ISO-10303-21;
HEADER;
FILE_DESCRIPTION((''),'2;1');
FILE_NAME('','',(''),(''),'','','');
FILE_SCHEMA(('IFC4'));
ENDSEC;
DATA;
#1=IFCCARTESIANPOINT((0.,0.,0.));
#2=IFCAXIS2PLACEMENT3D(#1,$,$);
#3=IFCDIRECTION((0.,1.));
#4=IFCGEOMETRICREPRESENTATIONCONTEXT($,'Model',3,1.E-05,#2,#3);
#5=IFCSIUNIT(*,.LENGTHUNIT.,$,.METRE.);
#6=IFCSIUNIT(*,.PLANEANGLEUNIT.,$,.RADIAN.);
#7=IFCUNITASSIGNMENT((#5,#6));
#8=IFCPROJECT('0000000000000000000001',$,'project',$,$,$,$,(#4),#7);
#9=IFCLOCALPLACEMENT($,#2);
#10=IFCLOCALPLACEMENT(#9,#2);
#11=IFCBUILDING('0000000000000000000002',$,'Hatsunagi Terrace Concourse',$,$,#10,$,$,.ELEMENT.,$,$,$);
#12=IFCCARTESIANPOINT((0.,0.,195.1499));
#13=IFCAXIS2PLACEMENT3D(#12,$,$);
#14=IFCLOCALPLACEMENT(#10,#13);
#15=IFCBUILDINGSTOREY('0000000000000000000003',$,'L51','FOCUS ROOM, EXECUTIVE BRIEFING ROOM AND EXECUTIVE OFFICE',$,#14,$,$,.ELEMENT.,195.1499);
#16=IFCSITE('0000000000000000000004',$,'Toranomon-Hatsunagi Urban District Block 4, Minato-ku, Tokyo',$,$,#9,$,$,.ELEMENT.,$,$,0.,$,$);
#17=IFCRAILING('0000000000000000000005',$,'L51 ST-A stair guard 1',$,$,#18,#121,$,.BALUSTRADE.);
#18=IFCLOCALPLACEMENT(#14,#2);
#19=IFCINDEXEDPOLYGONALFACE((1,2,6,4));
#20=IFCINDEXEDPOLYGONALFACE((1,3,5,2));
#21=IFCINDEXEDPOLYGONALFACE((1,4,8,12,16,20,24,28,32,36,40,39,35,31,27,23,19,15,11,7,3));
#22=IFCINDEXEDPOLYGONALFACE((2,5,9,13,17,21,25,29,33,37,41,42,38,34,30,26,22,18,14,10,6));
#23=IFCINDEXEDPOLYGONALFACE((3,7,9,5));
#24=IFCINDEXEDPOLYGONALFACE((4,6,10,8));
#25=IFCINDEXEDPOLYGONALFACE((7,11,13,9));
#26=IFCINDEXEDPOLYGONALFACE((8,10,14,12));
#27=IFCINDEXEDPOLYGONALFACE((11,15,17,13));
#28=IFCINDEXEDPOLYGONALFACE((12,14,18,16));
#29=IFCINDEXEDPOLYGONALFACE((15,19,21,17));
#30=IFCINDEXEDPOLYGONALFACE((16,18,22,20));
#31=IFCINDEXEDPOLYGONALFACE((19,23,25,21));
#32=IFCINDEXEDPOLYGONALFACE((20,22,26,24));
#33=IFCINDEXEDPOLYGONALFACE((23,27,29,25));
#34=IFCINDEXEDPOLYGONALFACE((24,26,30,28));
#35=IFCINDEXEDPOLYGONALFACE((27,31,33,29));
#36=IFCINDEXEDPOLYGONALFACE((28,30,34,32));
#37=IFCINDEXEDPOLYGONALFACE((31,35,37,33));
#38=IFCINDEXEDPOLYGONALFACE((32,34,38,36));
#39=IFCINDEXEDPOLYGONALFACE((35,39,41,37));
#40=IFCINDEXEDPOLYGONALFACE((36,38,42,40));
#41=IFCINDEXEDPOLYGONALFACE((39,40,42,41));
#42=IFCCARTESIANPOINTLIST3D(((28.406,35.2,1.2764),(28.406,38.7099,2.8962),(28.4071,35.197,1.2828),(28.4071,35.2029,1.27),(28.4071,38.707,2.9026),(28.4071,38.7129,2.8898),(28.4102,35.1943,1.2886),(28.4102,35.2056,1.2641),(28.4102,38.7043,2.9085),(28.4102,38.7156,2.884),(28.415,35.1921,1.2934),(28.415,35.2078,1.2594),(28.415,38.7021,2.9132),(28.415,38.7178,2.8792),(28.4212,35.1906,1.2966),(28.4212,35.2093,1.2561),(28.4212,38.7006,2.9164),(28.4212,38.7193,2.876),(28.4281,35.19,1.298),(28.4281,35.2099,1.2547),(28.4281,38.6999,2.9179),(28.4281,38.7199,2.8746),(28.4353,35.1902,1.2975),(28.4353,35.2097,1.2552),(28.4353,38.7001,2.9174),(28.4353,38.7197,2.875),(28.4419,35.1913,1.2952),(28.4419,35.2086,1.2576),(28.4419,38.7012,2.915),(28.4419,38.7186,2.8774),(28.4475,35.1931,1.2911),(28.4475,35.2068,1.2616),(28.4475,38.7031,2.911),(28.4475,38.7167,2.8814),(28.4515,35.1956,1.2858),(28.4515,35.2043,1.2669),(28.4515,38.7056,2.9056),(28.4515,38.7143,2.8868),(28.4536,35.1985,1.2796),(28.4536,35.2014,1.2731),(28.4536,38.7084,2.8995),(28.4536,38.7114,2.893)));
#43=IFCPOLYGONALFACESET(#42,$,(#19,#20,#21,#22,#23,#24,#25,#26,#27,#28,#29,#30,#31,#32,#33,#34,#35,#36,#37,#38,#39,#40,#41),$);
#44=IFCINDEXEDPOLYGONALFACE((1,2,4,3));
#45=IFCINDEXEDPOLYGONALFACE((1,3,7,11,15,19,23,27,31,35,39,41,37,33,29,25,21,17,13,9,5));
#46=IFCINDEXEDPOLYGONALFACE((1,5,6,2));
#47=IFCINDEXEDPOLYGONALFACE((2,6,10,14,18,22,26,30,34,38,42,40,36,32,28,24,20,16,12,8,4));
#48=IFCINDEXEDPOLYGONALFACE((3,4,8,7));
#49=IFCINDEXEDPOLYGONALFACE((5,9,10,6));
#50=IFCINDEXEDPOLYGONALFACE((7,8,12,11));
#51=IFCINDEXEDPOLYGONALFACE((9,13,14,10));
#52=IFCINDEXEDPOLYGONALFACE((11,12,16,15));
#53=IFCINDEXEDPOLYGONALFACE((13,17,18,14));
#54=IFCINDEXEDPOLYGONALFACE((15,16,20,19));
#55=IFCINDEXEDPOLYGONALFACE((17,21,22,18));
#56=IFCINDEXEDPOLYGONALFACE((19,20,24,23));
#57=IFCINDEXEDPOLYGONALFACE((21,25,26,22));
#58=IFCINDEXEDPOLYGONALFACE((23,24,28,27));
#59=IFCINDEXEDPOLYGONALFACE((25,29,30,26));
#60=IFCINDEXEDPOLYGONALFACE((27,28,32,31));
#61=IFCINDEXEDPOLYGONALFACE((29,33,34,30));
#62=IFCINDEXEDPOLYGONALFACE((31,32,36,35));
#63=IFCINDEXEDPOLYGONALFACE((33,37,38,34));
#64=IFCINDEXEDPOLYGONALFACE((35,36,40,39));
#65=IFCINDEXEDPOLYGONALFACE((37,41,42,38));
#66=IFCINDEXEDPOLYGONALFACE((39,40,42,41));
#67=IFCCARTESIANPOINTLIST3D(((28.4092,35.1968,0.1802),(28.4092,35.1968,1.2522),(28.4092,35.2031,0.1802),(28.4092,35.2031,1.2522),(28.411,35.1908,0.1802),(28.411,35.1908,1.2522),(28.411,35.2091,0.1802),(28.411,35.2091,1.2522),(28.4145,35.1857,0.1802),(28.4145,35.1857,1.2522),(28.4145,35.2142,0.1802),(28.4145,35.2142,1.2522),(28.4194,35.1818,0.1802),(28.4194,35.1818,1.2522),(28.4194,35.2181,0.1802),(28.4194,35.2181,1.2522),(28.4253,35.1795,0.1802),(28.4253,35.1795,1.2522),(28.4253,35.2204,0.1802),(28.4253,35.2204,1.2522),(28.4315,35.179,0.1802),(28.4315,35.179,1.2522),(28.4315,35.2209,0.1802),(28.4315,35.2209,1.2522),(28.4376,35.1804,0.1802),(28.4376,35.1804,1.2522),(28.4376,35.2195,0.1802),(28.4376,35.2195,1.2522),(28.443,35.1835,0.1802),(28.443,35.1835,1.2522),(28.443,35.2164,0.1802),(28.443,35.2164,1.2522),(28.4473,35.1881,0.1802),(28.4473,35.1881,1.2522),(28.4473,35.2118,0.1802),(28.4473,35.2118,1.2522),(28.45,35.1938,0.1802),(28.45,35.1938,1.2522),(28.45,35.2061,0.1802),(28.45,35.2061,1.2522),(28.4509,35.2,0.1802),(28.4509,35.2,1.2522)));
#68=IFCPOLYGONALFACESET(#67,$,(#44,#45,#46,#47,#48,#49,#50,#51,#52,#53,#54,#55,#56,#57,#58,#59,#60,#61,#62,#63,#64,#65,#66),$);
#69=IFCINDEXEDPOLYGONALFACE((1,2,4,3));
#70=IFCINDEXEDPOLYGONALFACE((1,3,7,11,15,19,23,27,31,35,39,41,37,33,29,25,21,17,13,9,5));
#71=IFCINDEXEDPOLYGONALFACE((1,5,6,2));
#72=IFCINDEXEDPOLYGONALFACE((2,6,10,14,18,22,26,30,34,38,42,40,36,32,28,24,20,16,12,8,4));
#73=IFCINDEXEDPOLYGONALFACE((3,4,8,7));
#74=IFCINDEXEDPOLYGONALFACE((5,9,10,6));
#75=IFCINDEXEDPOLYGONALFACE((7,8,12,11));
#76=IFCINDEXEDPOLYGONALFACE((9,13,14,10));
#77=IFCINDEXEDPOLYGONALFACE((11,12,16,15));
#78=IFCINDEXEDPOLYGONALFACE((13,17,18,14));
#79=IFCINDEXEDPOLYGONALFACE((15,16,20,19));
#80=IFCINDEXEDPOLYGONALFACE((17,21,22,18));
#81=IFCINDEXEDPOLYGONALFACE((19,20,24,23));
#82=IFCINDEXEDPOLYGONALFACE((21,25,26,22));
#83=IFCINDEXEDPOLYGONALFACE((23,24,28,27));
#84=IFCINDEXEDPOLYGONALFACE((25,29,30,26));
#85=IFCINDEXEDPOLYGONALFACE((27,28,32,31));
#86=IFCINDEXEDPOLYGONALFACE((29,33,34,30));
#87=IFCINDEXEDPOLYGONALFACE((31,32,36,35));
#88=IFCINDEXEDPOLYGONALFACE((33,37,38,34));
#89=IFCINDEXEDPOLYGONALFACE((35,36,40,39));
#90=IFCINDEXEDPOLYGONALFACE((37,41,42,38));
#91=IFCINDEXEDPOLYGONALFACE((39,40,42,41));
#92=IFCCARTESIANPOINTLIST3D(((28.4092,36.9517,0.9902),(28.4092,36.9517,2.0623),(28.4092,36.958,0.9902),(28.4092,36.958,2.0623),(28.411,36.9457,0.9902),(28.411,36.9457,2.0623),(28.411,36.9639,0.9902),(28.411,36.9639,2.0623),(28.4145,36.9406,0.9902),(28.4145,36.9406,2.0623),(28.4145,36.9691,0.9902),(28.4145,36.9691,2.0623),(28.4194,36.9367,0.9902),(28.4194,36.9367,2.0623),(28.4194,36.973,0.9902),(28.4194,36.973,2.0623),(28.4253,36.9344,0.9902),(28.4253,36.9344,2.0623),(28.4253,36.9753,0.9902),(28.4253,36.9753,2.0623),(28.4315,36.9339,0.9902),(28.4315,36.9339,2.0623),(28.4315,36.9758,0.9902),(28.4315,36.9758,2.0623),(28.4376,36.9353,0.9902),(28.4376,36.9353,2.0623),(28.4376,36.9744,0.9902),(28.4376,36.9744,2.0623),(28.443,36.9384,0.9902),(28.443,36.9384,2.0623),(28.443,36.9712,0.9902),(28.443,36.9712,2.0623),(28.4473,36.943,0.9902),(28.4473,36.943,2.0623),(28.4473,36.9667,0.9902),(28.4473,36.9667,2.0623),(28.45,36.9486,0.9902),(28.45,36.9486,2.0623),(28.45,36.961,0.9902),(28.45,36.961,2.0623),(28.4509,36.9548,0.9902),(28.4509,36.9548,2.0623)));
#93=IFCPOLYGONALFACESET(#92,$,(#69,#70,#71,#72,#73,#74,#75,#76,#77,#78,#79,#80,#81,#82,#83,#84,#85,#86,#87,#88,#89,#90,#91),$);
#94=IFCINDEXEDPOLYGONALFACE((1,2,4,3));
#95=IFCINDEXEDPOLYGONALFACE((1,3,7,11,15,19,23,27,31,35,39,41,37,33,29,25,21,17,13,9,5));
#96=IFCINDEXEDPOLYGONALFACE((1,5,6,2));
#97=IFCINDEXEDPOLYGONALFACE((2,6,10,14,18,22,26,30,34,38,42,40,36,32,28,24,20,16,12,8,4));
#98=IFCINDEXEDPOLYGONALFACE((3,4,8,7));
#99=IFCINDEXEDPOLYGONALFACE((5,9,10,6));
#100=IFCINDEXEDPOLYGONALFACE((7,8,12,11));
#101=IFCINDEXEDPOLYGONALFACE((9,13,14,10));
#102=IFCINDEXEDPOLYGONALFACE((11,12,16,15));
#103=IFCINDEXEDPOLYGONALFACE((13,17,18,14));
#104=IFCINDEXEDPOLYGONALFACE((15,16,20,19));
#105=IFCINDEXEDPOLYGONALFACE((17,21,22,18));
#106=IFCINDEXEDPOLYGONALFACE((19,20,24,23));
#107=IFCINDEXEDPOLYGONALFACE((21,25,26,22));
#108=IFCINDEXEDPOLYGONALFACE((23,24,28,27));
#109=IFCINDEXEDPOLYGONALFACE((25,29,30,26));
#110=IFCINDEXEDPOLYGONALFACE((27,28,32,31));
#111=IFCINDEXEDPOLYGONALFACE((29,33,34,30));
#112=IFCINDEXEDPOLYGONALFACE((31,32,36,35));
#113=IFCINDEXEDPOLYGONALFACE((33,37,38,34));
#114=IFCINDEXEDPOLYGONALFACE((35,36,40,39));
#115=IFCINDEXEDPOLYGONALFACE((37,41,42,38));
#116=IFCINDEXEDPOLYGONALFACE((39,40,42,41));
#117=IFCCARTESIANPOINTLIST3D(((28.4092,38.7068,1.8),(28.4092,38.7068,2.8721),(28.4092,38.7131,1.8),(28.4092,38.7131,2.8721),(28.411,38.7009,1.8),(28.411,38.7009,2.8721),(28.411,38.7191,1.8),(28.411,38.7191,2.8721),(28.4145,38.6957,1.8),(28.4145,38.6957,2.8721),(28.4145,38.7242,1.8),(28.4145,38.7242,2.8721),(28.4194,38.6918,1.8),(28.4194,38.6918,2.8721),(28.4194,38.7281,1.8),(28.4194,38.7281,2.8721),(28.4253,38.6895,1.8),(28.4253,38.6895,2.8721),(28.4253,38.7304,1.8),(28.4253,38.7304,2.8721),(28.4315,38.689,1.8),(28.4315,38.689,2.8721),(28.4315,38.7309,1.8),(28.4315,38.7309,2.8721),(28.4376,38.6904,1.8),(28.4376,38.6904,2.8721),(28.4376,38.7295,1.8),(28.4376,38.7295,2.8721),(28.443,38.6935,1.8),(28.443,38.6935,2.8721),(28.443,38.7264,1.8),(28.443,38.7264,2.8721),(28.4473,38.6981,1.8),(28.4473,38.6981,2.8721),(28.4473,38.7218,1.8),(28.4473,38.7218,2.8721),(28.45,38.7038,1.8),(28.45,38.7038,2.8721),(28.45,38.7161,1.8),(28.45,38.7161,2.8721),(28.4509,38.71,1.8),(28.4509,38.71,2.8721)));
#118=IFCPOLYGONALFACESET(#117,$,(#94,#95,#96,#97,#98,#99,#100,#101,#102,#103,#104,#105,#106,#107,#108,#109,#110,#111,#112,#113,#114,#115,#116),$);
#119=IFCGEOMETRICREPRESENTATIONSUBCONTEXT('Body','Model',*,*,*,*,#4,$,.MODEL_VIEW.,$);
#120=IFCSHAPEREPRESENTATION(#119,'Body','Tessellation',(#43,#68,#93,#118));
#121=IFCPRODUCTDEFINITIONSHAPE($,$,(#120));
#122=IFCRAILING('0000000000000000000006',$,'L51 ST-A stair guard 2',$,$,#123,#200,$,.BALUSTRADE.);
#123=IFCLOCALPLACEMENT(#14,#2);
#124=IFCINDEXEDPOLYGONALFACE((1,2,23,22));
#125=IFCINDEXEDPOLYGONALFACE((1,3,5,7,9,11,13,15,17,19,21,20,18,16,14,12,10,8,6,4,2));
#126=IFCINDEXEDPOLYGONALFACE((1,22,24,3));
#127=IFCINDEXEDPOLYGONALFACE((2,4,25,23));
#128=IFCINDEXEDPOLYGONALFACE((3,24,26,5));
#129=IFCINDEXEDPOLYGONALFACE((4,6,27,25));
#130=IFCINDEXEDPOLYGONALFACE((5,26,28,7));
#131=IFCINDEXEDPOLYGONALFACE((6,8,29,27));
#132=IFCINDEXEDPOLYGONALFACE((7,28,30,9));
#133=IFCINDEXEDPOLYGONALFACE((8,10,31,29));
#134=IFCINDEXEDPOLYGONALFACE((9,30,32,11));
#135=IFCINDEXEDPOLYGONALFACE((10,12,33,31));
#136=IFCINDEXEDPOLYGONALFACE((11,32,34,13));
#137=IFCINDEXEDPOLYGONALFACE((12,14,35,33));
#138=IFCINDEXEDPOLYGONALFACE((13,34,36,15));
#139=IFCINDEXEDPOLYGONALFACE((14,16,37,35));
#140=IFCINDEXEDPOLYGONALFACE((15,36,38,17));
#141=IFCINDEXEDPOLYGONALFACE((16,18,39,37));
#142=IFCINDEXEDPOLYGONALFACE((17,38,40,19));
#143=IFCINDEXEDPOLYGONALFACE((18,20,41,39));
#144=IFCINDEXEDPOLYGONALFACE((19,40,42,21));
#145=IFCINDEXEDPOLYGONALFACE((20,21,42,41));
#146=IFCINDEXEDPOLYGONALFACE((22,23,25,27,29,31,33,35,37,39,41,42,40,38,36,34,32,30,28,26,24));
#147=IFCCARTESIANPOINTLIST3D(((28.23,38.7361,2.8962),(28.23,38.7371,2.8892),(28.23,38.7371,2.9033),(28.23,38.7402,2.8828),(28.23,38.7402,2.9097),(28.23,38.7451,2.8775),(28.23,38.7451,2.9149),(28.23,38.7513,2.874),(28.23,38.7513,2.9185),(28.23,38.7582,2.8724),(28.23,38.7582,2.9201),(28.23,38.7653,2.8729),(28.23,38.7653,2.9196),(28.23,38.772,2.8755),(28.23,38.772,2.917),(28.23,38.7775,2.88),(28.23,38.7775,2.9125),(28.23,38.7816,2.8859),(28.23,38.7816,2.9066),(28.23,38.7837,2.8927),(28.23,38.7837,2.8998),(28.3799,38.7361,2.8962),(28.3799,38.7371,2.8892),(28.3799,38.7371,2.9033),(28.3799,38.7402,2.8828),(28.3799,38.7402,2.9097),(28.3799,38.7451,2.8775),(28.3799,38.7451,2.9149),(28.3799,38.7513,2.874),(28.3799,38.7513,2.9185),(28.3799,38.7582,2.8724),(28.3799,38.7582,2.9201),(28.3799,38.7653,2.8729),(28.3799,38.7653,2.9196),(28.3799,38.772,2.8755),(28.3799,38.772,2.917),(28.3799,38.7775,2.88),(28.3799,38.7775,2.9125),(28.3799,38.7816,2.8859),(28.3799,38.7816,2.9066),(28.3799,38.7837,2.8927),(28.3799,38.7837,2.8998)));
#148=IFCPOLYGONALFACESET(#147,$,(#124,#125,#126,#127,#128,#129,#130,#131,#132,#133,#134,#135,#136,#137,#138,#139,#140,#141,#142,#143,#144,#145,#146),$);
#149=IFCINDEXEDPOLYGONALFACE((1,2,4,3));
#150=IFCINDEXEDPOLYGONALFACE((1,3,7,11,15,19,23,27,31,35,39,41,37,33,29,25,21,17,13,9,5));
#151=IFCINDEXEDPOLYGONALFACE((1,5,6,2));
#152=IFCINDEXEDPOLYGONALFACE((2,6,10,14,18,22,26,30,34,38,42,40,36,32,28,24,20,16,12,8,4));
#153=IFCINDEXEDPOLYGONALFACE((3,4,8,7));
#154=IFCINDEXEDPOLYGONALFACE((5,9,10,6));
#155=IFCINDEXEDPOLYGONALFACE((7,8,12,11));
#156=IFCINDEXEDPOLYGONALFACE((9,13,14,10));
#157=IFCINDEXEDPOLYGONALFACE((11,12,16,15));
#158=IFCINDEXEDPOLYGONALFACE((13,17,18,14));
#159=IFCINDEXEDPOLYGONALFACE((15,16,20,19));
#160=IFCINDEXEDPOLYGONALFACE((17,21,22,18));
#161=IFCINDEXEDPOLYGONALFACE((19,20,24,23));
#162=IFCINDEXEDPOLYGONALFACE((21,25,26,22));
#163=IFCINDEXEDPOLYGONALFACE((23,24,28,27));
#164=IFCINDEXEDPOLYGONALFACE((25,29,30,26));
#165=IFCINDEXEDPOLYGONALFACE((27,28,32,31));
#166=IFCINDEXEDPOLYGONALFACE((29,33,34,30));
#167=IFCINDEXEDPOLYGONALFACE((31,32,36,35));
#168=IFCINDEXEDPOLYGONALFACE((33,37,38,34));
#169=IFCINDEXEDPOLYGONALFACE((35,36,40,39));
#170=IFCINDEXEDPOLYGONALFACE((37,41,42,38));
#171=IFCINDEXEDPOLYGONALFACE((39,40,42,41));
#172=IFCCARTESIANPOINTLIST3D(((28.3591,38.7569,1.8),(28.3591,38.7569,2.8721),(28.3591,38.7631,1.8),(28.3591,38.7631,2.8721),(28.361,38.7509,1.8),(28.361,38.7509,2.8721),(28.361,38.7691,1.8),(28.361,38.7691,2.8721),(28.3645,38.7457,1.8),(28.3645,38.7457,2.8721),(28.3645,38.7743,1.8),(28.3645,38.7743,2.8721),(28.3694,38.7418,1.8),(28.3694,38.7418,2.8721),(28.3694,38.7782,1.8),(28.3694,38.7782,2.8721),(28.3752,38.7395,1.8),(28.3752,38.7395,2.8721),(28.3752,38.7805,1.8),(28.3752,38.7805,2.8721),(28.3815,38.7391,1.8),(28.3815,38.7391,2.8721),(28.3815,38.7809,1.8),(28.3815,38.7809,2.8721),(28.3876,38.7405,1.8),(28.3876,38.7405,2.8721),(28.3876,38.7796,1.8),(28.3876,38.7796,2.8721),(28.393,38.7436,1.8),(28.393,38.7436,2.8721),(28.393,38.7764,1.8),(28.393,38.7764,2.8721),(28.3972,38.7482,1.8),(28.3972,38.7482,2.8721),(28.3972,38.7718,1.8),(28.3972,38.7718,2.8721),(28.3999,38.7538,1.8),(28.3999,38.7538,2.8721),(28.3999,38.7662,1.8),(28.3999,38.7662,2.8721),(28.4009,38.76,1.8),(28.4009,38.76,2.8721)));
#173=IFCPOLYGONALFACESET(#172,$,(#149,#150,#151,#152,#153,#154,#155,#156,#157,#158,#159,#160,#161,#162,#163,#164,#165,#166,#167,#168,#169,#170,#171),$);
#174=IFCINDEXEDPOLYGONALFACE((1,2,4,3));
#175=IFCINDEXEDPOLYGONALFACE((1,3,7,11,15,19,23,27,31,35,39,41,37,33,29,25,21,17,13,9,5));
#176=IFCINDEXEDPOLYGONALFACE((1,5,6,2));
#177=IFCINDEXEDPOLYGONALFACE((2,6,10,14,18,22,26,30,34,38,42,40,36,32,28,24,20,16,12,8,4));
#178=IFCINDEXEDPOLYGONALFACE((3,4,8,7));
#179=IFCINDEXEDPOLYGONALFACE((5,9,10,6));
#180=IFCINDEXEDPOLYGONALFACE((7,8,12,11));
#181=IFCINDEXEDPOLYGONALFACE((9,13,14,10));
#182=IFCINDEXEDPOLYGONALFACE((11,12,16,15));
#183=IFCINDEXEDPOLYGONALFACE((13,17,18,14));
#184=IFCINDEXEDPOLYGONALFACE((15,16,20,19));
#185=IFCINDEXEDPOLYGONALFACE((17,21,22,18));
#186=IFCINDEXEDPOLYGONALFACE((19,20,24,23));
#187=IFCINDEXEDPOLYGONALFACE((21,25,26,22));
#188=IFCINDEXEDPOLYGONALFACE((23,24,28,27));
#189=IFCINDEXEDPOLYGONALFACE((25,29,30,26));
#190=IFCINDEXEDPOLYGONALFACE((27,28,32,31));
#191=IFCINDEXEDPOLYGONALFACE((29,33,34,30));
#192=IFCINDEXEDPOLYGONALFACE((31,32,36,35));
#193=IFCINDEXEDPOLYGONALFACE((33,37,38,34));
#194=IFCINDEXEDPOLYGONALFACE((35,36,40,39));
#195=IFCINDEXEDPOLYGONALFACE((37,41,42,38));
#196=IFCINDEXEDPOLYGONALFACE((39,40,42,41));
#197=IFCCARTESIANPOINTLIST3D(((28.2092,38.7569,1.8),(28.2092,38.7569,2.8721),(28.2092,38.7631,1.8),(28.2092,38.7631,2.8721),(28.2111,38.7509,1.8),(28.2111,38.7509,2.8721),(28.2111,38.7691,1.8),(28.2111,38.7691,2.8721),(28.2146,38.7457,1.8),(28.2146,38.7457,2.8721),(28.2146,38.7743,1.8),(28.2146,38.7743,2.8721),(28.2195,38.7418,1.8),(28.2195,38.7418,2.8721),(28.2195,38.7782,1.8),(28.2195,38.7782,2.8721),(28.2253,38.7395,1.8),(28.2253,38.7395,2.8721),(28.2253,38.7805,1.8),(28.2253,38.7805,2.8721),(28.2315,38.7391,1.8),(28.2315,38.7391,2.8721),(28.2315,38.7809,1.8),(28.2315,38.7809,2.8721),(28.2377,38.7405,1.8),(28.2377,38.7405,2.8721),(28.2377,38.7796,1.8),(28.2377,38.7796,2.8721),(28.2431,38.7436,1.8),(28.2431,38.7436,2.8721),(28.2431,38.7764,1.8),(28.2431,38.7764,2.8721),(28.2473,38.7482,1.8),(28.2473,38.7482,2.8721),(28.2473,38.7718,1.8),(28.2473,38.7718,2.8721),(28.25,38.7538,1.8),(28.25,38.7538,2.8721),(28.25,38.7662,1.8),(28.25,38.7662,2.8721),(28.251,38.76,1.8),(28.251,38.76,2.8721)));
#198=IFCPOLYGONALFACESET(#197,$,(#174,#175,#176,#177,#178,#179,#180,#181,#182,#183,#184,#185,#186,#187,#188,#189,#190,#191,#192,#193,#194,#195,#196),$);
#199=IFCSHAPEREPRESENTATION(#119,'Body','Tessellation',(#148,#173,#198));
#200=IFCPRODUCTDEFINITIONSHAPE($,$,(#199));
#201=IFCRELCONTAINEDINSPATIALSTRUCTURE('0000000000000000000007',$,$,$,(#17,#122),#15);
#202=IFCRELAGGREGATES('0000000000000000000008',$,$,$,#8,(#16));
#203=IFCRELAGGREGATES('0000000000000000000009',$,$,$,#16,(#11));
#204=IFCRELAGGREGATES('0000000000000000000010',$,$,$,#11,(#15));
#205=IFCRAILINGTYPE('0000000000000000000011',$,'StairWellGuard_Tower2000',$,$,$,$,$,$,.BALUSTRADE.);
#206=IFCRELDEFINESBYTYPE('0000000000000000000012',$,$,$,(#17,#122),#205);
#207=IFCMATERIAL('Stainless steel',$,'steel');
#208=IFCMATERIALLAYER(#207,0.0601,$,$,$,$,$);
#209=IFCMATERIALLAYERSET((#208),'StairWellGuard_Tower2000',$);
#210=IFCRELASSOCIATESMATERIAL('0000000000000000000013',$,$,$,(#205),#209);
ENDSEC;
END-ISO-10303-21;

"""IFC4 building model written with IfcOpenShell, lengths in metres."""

from ifc_helpers import new_model, si_unit, direction, frame, origin, origin_2d, place, context, subcontext, project, spatial, circle, extrude, material, layer, layer_set, type_object, element, save


model = new_model("IFC4")

# Units and contexts
model_context = context("Model", 3, precision=1e-05, world=origin(), true_north=direction((0.0, 1.0)))
body_context = subcontext(model_context, "Body", "Model", "MODEL_VIEW")
ifc_project = project(units=[si_unit("LENGTHUNIT", "METRE"), si_unit("PLANEANGLEUNIT", "RADIAN")], contexts=[model_context])

# Site, building, storey
site_placement = place(None, origin())
site = spatial("IfcSite", under=ifc_project, at=site_placement, Name="Toranomon-Hatsunagi Urban District Block 4, Minato-ku, Tokyo", CompositionType="ELEMENT", RefElevation=0.0)
building_placement = place(site_placement, origin())
building = spatial("IfcBuilding", under=site, at=building_placement, Name="Hatsunagi Terrace Concourse", CompositionType="ELEMENT")
storey_placement = place(building_placement, frame((0.0, 0.0, 195.1499)))
storey = spatial("IfcBuildingStorey", under=building, at=storey_placement, Name="L51", Description="FOCUS ROOM, EXECUTIVE BRIEFING ROOM AND EXECUTIVE OFFICE", CompositionType="ELEMENT", Elevation=195.1499)

# Railings
ifc_material_1 = material(Name="Stainless steel", Category="steel")
ifc_layer_1 = layer(ifc_material_1, 0.0601)
ifc_layer_set_1 = layer_set([ifc_layer_1], Name="StairWellGuard_Tower2000")
railing_type_1 = type_object("IfcRailingType", Name="StairWellGuard_Tower2000", PredefinedType="BALUSTRADE", material=ifc_layer_set_1)
railing_1_placement = place(storey_placement, frame((28.4299, 35.2, 0.1802)))
element("IfcRailing", 1, at=railing_1_placement, inside=storey, type_object=railing_type_1, Name="L51 ST-A stair guard 1", PredefinedType="BALUSTRADE", context=body_context, shape_type="SweptSolid", body=[
    extrude(circle(Radius=0.0239, at=origin_2d()), frame((0.0, 0.0, 1.0962), z_axis=(0.0, 0.907972, 0.41903), x_axis=(-1.0, 0.0, 0.0)), (0.0, 0.0, 1.0), 3.8657),
    extrude(circle(Radius=0.021, at=origin_2d()), origin(), (0.0, 0.0, 1.0), 1.072),
    extrude(circle(Radius=0.021, at=origin_2d()), frame((0.0, 1.7549, 0.8101)), (0.0, 0.0, 1.0), 1.072),
    extrude(circle(Radius=0.021, at=origin_2d()), frame((0.0, 3.51, 1.6199)), (0.0, 0.0, 1.0), 1.072),
])
railing_2_placement = place(storey_placement, frame((28.3799, 38.76, 1.8)))
element("IfcRailing", 2, at=railing_2_placement, inside=storey, type_object=railing_type_1, Name="L51 ST-A stair guard 2", PredefinedType="BALUSTRADE", context=body_context, shape_type="SweptSolid", body=[
    extrude(circle(Radius=0.0239, at=origin_2d()), frame((0.0, 0.0, 1.0962), z_axis=(-1.0, 0.0, 0.0), x_axis=(0.0, -1.0, 0.0)), (0.0, 0.0, 1.0), 0.1499),
    extrude(circle(Radius=0.021, at=origin_2d()), origin(), (0.0, 0.0, 1.0), 1.072),
    extrude(circle(Radius=0.021, at=origin_2d()), frame((-0.1499, 0.0, 0.0)), (0.0, 0.0, 1.0), 1.072),
])

save(model, "model.ifc")
